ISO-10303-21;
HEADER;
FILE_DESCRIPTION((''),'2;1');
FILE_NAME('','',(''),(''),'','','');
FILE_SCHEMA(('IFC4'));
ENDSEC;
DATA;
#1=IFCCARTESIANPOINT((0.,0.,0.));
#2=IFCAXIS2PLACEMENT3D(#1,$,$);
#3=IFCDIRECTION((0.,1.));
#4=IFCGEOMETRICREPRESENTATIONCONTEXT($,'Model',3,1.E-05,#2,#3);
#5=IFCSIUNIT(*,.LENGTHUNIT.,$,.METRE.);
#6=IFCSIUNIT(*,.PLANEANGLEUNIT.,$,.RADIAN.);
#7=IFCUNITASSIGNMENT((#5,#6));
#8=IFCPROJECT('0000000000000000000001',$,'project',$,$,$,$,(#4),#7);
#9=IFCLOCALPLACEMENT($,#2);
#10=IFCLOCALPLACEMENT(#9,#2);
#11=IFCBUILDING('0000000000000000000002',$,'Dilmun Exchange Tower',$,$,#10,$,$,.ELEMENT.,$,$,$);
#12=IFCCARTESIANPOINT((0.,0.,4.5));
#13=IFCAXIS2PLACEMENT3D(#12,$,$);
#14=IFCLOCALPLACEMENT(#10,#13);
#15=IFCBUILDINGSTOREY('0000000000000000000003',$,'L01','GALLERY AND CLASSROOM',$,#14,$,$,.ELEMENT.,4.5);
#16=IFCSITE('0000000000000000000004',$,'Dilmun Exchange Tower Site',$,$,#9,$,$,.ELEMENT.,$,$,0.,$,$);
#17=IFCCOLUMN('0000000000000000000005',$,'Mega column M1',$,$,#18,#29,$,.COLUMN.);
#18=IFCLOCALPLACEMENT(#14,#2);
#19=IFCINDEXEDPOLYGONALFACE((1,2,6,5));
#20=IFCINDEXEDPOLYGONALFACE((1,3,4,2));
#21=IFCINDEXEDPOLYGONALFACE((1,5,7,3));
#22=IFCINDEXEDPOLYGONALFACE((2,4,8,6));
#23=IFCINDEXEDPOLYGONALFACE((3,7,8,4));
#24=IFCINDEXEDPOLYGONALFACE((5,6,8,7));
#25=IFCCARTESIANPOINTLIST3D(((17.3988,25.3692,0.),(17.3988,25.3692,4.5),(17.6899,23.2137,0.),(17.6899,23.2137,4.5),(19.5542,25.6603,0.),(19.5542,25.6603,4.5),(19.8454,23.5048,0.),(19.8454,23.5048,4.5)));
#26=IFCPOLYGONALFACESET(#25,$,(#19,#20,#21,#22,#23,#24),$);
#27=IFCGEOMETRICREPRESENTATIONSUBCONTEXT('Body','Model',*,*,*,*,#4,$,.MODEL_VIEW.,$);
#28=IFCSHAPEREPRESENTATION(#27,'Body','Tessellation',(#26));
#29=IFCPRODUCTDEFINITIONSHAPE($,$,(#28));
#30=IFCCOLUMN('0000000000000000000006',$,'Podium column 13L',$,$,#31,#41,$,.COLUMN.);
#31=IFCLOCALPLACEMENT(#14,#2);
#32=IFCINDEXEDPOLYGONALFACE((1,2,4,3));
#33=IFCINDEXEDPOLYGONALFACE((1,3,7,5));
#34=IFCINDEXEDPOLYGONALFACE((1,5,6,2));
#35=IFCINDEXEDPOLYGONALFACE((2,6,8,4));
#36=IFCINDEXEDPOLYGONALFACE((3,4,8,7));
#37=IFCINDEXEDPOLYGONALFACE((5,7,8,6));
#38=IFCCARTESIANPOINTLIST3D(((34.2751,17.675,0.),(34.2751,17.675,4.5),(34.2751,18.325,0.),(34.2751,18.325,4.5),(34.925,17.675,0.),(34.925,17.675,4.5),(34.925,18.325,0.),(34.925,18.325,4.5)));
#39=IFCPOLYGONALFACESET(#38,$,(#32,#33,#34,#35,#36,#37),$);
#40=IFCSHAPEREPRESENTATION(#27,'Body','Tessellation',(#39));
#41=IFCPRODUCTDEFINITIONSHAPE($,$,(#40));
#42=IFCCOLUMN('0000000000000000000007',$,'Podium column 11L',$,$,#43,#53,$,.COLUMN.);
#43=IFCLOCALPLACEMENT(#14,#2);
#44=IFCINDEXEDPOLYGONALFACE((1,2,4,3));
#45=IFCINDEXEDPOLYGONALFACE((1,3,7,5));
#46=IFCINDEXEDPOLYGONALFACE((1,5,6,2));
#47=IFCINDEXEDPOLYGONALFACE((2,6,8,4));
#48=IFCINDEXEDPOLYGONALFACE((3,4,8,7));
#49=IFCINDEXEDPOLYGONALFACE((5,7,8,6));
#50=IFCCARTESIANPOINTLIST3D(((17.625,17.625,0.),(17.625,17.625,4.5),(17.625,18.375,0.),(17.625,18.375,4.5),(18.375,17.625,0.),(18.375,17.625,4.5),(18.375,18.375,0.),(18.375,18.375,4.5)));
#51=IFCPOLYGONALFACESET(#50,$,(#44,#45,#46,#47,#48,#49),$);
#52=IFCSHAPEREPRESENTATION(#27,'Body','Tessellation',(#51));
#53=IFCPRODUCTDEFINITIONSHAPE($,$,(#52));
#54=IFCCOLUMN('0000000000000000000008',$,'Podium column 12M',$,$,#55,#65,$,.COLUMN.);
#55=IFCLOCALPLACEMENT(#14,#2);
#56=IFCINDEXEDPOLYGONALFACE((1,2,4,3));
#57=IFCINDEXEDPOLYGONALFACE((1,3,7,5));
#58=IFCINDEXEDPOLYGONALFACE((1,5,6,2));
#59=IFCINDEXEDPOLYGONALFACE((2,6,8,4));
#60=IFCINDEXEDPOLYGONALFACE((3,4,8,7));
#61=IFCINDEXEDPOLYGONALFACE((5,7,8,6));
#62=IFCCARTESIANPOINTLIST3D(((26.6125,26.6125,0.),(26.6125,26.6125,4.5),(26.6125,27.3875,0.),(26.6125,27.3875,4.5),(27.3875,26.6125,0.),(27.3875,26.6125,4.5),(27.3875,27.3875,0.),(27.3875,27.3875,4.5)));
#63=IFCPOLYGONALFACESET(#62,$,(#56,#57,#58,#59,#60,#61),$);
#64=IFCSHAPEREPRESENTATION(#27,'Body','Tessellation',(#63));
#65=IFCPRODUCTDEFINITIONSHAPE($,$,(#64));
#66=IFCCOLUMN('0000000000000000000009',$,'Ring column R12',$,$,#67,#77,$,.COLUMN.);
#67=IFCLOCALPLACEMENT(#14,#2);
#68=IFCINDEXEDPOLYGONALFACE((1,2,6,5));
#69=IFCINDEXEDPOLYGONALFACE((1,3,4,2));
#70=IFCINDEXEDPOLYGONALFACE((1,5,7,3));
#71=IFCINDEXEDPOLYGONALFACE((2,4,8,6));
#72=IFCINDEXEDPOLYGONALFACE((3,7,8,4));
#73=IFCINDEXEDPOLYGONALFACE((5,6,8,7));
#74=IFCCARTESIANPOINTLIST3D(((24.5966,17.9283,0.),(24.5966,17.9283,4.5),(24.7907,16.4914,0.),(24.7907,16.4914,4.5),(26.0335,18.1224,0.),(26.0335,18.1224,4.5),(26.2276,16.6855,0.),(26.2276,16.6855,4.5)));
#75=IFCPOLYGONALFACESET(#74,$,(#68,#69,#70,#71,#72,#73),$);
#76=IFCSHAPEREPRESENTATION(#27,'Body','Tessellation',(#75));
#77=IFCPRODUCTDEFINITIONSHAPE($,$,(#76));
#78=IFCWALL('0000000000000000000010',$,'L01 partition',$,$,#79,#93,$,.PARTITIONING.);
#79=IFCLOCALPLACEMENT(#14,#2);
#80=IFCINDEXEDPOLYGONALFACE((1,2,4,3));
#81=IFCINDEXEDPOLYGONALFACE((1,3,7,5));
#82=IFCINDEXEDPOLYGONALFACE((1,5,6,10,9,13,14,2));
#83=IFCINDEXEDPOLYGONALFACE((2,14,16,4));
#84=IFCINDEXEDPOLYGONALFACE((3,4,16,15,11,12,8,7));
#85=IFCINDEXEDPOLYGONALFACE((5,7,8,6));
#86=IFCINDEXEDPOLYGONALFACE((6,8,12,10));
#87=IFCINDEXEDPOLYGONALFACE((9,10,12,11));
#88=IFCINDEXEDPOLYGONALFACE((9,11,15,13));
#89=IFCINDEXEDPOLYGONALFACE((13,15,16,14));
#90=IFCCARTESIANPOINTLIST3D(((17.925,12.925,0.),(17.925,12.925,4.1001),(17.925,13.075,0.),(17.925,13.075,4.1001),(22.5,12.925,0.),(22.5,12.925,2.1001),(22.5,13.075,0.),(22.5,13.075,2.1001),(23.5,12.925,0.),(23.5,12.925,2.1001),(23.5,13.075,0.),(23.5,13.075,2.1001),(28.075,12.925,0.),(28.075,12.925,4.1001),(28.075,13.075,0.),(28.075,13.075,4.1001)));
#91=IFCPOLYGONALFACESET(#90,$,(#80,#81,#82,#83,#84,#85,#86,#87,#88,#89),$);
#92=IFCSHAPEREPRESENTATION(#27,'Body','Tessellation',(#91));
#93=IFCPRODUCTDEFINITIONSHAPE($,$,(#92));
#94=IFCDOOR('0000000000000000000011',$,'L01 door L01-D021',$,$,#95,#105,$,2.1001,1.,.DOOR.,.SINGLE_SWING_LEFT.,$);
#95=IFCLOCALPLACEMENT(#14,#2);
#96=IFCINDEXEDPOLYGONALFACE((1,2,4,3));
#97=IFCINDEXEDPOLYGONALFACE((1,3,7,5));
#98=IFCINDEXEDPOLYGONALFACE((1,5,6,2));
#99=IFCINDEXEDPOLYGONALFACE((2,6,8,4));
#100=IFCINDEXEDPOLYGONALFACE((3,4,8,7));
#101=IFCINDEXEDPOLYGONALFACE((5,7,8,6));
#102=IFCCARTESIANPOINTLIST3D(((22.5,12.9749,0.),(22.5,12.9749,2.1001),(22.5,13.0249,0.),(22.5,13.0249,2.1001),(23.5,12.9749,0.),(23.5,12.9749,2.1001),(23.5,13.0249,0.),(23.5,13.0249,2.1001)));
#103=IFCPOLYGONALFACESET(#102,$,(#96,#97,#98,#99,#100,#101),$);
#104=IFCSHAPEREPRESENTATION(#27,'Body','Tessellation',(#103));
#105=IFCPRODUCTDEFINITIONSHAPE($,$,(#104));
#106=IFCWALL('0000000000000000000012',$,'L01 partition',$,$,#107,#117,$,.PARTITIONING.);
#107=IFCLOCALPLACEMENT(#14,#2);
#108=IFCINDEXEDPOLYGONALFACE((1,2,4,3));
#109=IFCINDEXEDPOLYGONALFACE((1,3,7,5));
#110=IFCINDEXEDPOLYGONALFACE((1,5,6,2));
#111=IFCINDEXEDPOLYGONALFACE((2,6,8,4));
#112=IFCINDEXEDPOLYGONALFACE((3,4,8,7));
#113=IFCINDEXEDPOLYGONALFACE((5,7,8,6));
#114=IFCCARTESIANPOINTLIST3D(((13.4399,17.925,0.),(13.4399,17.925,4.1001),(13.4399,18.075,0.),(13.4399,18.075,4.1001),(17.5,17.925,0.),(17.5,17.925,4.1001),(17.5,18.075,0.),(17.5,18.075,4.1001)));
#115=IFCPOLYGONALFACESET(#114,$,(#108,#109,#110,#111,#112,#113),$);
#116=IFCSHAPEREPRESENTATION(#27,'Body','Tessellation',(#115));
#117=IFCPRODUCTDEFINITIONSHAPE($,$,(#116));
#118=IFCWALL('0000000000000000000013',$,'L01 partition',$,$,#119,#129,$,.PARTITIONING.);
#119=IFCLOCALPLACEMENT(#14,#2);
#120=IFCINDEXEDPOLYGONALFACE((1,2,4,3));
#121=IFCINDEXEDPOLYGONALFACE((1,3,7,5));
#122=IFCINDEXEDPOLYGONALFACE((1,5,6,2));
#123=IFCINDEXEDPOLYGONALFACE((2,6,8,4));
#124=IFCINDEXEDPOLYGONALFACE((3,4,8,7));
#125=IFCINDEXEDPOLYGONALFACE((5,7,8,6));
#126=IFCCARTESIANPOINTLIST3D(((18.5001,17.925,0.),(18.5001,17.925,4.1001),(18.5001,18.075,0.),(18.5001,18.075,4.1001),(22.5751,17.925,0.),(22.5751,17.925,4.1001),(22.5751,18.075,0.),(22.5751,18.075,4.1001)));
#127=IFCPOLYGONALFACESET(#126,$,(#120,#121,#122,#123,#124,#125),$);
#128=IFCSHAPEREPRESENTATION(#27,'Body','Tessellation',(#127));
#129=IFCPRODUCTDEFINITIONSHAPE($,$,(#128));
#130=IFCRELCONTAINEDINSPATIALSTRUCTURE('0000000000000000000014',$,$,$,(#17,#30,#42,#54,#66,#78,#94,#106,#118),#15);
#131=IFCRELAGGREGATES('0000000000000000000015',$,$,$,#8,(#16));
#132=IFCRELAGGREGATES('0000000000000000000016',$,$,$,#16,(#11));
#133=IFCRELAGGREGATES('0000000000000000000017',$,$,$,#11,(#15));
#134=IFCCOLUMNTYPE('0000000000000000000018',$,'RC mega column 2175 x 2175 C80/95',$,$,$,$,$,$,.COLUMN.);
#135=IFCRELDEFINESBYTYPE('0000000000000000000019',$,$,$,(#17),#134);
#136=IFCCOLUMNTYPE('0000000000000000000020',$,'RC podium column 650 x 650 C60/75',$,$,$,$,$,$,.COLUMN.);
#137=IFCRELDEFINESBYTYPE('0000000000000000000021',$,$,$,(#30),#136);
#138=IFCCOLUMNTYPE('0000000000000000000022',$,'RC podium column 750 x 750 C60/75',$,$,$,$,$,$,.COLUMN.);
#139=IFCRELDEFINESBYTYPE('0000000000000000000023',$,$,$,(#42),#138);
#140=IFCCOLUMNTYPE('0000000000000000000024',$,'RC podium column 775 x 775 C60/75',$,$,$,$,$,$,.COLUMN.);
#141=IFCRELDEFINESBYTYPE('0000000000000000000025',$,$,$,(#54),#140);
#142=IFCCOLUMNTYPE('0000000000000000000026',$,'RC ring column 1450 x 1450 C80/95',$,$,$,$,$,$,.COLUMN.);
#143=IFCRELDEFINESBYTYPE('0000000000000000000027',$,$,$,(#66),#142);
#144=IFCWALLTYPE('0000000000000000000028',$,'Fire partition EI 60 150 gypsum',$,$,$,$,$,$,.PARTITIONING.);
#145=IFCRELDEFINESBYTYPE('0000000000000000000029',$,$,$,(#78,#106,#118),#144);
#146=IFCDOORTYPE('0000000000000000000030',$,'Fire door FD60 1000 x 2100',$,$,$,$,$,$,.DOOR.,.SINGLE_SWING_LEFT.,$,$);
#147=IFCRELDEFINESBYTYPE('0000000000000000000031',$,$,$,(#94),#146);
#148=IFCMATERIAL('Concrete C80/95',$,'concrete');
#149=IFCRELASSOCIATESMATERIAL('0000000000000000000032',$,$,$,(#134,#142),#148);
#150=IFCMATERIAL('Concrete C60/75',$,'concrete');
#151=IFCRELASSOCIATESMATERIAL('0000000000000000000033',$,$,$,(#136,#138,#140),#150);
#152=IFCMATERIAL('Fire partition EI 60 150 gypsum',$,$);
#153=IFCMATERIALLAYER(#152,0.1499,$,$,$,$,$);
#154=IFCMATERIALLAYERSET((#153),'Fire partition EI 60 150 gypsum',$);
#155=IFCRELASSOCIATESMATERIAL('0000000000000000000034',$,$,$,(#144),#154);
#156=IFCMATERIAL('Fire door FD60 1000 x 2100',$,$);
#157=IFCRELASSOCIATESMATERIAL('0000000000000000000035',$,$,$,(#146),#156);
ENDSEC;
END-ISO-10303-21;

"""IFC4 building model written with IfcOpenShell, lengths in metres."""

from ifc_helpers import new_model, si_unit, direction, frame, frame_2d, origin, origin_2d, place, context, subcontext, project, spatial, rectangle, extrude, material, layer, layer_set, material_profile, profile_set, type_object, element, fill, save


model = new_model("IFC4")

# Units and contexts
model_context = context("Model", 3, precision=1e-05, world=origin(), true_north=direction((0.0, 1.0)))
body_context = subcontext(model_context, "Body", "Model", "MODEL_VIEW")
ifc_project = project(units=[si_unit("LENGTHUNIT", "METRE"), si_unit("PLANEANGLEUNIT", "RADIAN")], contexts=[model_context])

# Site, building, storey
site_placement = place(None, origin())
site = spatial("IfcSite", under=ifc_project, at=site_placement, Name="Dilmun Exchange Tower Site", CompositionType="ELEMENT", RefElevation=0.0)
building_placement = place(site_placement, origin())
building = spatial("IfcBuilding", under=site, at=building_placement, Name="Dilmun Exchange Tower", CompositionType="ELEMENT")
storey_placement = place(building_placement, frame((0.0, 0.0, 4.5)))
storey = spatial("IfcBuildingStorey", under=building, at=storey_placement, Name="L01", Description="GALLERY AND CLASSROOM", CompositionType="ELEMENT", Elevation=4.5)

# Columns
ifc_material_1 = material(Name="Concrete C80/95", Category="concrete")
ifc_material_profile_1 = material_profile(ifc_material_1, rectangle(XDim=2.175, YDim=2.175, at=origin_2d()), Name="2175 x 2175")
ifc_profile_set_1 = profile_set([ifc_material_profile_1], Name="Concrete C80/95")
column_type_1 = type_object("IfcColumnType", Name="RC mega column 2175 x 2175 C80/95", PredefinedType="COLUMN", material=ifc_profile_set_1)
column_1_placement = place(storey_placement, frame((18.6221, 24.437, 0.0), z_axis=(0.0, 0.0, 1.0), x_axis=(0.991001, 0.133853, 0.0)))
element("IfcColumn", 1, at=column_1_placement, inside=storey, type_object=column_type_1, Name="Mega column M1", PredefinedType="COLUMN", context=body_context, shape_type="SweptSolid", body=[
    extrude(rectangle(XDim=2.175, YDim=2.175, at=origin_2d()), origin(), (0.0, 0.0, 1.0), 4.5),
])
ifc_material_2 = material(Name="Concrete C60/75", Category="concrete")
ifc_material_profile_2 = material_profile(ifc_material_2, rectangle(XDim=0.6499, YDim=0.6499, at=origin_2d()), Name="650 x 650")
ifc_profile_set_2 = profile_set([ifc_material_profile_2], Name="Concrete C60/75")
column_type_2 = type_object("IfcColumnType", Name="RC podium column 650 x 650 C60/75", PredefinedType="COLUMN", material=ifc_profile_set_2)
column_2_placement = place(storey_placement, frame((34.6001, 18.0, 0.0), z_axis=(0.0, 0.0, 1.0), x_axis=(1.0, 0.0, 0.0)))
element("IfcColumn", 2, at=column_2_placement, inside=storey, type_object=column_type_2, Name="Podium column 13L", PredefinedType="COLUMN", context=body_context, shape_type="SweptSolid", body=[
    extrude(rectangle(XDim=0.6499, YDim=0.6499, at=origin_2d()), origin(), (0.0, 0.0, 1.0), 4.5),
])
ifc_material_profile_3 = material_profile(ifc_material_2, rectangle(XDim=0.75, YDim=0.75, at=origin_2d()), Name="750 x 750")
ifc_profile_set_3 = profile_set([ifc_material_profile_3], Name="Concrete C60/75")
column_type_3 = type_object("IfcColumnType", Name="RC podium column 750 x 750 C60/75", PredefinedType="COLUMN", material=ifc_profile_set_3)
column_3_placement = place(storey_placement, frame((18.0, 18.0, 0.0), z_axis=(0.0, 0.0, 1.0), x_axis=(1.0, 0.0, 0.0)))
element("IfcColumn", 3, at=column_3_placement, inside=storey, type_object=column_type_3, Name="Podium column 11L", PredefinedType="COLUMN", context=body_context, shape_type="SweptSolid", body=[
    extrude(rectangle(XDim=0.75, YDim=0.75, at=origin_2d()), origin(), (0.0, 0.0, 1.0), 4.5),
])
ifc_material_profile_4 = material_profile(ifc_material_2, rectangle(XDim=0.7749, YDim=0.7749, at=origin_2d()), Name="775 x 775")
ifc_profile_set_4 = profile_set([ifc_material_profile_4], Name="Concrete C60/75")
column_type_4 = type_object("IfcColumnType", Name="RC podium column 775 x 775 C60/75", PredefinedType="COLUMN", material=ifc_profile_set_4)
column_4_placement = place(storey_placement, frame((27.0, 27.0, 0.0), z_axis=(0.0, 0.0, 1.0), x_axis=(1.0, 0.0, 0.0)))
element("IfcColumn", 4, at=column_4_placement, inside=storey, type_object=column_type_4, Name="Podium column 12M", PredefinedType="COLUMN", context=body_context, shape_type="SweptSolid", body=[
    extrude(rectangle(XDim=0.7749, YDim=0.7749, at=origin_2d()), origin(), (0.0, 0.0, 1.0), 4.5),
])
ifc_material_profile_5 = material_profile(ifc_material_1, rectangle(XDim=1.45, YDim=1.45, at=origin_2d()), Name="1450 x 1450")
ifc_profile_set_5 = profile_set([ifc_material_profile_5], Name="Concrete C80/95")
column_type_5 = type_object("IfcColumnType", Name="RC ring column 1450 x 1450 C80/95", PredefinedType="COLUMN", material=ifc_profile_set_5)
column_5_placement = place(storey_placement, frame((25.4121, 17.3069, 0.0), z_axis=(0.0, 0.0, 1.0), x_axis=(0.991001, 0.133853, 0.0)))
element("IfcColumn", 5, at=column_5_placement, inside=storey, type_object=column_type_5, Name="Ring column R12", PredefinedType="COLUMN", context=body_context, shape_type="SweptSolid", body=[
    extrude(rectangle(XDim=1.45, YDim=1.45, at=origin_2d()), origin(), (0.0, 0.0, 1.0), 4.5),
])

# Wall, opening, door
ifc_material_3 = material(Name="Fire partition EI 60 150 gypsum")
ifc_layer_1 = layer(ifc_material_3, 0.1499)
ifc_layer_set_1 = layer_set([ifc_layer_1], Name="Fire partition EI 60 150 gypsum")
wall_type_1 = type_object("IfcWallType", Name="Fire partition EI 60 150 gypsum", PredefinedType="PARTITIONING", material=ifc_layer_set_1)
wall_1_placement = place(storey_placement, frame((17.925, 13.0, 0.0), z_axis=(0.0, 0.0, 1.0), x_axis=(1.0, 0.0, 0.0)))
wall_1 = element("IfcWall", 6, at=wall_1_placement, inside=storey, type_object=wall_type_1, Name="L01 partition", PredefinedType="PARTITIONING", context=body_context, shape_type="SweptSolid", body=[
    extrude(rectangle(XDim=10.1499, YDim=0.1499, at=frame_2d((5.075, 0.0))), origin(), (0.0, 0.0, 1.0), 4.1001),
])
opening_1_placement = place(wall_1_placement, frame((4.575, 0.0, 0.0)))
opening_1 = element("IfcOpeningElement", 7, at=opening_1_placement, cuts=wall_1, PredefinedType="OPENING", context=body_context, shape_type="SweptSolid", body=[
    extrude(rectangle(XDim=1.0, YDim=2.1001, at=frame_2d((0.5, 1.05))), frame((0.0, 0.085, 0.0), z_axis=(0.0, -1.0, 0.0), x_axis=(1.0, 0.0, 0.0)), (0.0, 0.0, 1.0), 0.1699),
])
ifc_material_4 = material(Name="Fire door FD60 1000 x 2100")
door_type_1 = type_object("IfcDoorType", Name="Fire door FD60 1000 x 2100", OperationType="SINGLE_SWING_LEFT", PredefinedType="DOOR", material=ifc_material_4)
door_1_placement = place(opening_1_placement, origin())
door_1 = element("IfcDoor", 8, at=door_1_placement, inside=storey, type_object=door_type_1, Name="L01 door L01-D021", OperationType="SINGLE_SWING_LEFT", OverallHeight=2.1001, OverallWidth=1.0, PredefinedType="DOOR", context=body_context, shape_type="SweptSolid", body=[
    extrude(rectangle(XDim=1.0, YDim=2.1001, at=frame_2d((0.5, 1.05))), frame((0.0, 0.0249, 0.0), z_axis=(0.0, -1.0, 0.0), x_axis=(1.0, 0.0, 0.0)), (0.0, 0.0, 1.0), 0.05),
])
fill(opening_1, door_1)

# Walls
wall_2_placement = place(storey_placement, frame((13.4399, 18.0, 0.0), z_axis=(0.0, 0.0, 1.0), x_axis=(1.0, 0.0, 0.0)))
element("IfcWall", 9, at=wall_2_placement, inside=storey, type_object=wall_type_1, Name="L01 partition", PredefinedType="PARTITIONING", context=body_context, shape_type="SweptSolid", body=[
    extrude(rectangle(XDim=4.0601, YDim=0.1499, at=frame_2d((2.03, 0.0))), origin(), (0.0, 0.0, 1.0), 4.1001),
])
wall_3_placement = place(storey_placement, frame((18.5, 18.0, 0.0), z_axis=(0.0, 0.0, 1.0), x_axis=(1.0, 0.0, 0.0)))
element("IfcWall", 10, at=wall_3_placement, inside=storey, type_object=wall_type_1, Name="L01 partition", PredefinedType="PARTITIONING", context=body_context, shape_type="SweptSolid", body=[
    extrude(rectangle(XDim=4.075, YDim=0.1499, at=frame_2d((2.0376, 0.0))), origin(), (0.0, 0.0, 1.0), 4.1001),
])

save(model, "model.ifc")
